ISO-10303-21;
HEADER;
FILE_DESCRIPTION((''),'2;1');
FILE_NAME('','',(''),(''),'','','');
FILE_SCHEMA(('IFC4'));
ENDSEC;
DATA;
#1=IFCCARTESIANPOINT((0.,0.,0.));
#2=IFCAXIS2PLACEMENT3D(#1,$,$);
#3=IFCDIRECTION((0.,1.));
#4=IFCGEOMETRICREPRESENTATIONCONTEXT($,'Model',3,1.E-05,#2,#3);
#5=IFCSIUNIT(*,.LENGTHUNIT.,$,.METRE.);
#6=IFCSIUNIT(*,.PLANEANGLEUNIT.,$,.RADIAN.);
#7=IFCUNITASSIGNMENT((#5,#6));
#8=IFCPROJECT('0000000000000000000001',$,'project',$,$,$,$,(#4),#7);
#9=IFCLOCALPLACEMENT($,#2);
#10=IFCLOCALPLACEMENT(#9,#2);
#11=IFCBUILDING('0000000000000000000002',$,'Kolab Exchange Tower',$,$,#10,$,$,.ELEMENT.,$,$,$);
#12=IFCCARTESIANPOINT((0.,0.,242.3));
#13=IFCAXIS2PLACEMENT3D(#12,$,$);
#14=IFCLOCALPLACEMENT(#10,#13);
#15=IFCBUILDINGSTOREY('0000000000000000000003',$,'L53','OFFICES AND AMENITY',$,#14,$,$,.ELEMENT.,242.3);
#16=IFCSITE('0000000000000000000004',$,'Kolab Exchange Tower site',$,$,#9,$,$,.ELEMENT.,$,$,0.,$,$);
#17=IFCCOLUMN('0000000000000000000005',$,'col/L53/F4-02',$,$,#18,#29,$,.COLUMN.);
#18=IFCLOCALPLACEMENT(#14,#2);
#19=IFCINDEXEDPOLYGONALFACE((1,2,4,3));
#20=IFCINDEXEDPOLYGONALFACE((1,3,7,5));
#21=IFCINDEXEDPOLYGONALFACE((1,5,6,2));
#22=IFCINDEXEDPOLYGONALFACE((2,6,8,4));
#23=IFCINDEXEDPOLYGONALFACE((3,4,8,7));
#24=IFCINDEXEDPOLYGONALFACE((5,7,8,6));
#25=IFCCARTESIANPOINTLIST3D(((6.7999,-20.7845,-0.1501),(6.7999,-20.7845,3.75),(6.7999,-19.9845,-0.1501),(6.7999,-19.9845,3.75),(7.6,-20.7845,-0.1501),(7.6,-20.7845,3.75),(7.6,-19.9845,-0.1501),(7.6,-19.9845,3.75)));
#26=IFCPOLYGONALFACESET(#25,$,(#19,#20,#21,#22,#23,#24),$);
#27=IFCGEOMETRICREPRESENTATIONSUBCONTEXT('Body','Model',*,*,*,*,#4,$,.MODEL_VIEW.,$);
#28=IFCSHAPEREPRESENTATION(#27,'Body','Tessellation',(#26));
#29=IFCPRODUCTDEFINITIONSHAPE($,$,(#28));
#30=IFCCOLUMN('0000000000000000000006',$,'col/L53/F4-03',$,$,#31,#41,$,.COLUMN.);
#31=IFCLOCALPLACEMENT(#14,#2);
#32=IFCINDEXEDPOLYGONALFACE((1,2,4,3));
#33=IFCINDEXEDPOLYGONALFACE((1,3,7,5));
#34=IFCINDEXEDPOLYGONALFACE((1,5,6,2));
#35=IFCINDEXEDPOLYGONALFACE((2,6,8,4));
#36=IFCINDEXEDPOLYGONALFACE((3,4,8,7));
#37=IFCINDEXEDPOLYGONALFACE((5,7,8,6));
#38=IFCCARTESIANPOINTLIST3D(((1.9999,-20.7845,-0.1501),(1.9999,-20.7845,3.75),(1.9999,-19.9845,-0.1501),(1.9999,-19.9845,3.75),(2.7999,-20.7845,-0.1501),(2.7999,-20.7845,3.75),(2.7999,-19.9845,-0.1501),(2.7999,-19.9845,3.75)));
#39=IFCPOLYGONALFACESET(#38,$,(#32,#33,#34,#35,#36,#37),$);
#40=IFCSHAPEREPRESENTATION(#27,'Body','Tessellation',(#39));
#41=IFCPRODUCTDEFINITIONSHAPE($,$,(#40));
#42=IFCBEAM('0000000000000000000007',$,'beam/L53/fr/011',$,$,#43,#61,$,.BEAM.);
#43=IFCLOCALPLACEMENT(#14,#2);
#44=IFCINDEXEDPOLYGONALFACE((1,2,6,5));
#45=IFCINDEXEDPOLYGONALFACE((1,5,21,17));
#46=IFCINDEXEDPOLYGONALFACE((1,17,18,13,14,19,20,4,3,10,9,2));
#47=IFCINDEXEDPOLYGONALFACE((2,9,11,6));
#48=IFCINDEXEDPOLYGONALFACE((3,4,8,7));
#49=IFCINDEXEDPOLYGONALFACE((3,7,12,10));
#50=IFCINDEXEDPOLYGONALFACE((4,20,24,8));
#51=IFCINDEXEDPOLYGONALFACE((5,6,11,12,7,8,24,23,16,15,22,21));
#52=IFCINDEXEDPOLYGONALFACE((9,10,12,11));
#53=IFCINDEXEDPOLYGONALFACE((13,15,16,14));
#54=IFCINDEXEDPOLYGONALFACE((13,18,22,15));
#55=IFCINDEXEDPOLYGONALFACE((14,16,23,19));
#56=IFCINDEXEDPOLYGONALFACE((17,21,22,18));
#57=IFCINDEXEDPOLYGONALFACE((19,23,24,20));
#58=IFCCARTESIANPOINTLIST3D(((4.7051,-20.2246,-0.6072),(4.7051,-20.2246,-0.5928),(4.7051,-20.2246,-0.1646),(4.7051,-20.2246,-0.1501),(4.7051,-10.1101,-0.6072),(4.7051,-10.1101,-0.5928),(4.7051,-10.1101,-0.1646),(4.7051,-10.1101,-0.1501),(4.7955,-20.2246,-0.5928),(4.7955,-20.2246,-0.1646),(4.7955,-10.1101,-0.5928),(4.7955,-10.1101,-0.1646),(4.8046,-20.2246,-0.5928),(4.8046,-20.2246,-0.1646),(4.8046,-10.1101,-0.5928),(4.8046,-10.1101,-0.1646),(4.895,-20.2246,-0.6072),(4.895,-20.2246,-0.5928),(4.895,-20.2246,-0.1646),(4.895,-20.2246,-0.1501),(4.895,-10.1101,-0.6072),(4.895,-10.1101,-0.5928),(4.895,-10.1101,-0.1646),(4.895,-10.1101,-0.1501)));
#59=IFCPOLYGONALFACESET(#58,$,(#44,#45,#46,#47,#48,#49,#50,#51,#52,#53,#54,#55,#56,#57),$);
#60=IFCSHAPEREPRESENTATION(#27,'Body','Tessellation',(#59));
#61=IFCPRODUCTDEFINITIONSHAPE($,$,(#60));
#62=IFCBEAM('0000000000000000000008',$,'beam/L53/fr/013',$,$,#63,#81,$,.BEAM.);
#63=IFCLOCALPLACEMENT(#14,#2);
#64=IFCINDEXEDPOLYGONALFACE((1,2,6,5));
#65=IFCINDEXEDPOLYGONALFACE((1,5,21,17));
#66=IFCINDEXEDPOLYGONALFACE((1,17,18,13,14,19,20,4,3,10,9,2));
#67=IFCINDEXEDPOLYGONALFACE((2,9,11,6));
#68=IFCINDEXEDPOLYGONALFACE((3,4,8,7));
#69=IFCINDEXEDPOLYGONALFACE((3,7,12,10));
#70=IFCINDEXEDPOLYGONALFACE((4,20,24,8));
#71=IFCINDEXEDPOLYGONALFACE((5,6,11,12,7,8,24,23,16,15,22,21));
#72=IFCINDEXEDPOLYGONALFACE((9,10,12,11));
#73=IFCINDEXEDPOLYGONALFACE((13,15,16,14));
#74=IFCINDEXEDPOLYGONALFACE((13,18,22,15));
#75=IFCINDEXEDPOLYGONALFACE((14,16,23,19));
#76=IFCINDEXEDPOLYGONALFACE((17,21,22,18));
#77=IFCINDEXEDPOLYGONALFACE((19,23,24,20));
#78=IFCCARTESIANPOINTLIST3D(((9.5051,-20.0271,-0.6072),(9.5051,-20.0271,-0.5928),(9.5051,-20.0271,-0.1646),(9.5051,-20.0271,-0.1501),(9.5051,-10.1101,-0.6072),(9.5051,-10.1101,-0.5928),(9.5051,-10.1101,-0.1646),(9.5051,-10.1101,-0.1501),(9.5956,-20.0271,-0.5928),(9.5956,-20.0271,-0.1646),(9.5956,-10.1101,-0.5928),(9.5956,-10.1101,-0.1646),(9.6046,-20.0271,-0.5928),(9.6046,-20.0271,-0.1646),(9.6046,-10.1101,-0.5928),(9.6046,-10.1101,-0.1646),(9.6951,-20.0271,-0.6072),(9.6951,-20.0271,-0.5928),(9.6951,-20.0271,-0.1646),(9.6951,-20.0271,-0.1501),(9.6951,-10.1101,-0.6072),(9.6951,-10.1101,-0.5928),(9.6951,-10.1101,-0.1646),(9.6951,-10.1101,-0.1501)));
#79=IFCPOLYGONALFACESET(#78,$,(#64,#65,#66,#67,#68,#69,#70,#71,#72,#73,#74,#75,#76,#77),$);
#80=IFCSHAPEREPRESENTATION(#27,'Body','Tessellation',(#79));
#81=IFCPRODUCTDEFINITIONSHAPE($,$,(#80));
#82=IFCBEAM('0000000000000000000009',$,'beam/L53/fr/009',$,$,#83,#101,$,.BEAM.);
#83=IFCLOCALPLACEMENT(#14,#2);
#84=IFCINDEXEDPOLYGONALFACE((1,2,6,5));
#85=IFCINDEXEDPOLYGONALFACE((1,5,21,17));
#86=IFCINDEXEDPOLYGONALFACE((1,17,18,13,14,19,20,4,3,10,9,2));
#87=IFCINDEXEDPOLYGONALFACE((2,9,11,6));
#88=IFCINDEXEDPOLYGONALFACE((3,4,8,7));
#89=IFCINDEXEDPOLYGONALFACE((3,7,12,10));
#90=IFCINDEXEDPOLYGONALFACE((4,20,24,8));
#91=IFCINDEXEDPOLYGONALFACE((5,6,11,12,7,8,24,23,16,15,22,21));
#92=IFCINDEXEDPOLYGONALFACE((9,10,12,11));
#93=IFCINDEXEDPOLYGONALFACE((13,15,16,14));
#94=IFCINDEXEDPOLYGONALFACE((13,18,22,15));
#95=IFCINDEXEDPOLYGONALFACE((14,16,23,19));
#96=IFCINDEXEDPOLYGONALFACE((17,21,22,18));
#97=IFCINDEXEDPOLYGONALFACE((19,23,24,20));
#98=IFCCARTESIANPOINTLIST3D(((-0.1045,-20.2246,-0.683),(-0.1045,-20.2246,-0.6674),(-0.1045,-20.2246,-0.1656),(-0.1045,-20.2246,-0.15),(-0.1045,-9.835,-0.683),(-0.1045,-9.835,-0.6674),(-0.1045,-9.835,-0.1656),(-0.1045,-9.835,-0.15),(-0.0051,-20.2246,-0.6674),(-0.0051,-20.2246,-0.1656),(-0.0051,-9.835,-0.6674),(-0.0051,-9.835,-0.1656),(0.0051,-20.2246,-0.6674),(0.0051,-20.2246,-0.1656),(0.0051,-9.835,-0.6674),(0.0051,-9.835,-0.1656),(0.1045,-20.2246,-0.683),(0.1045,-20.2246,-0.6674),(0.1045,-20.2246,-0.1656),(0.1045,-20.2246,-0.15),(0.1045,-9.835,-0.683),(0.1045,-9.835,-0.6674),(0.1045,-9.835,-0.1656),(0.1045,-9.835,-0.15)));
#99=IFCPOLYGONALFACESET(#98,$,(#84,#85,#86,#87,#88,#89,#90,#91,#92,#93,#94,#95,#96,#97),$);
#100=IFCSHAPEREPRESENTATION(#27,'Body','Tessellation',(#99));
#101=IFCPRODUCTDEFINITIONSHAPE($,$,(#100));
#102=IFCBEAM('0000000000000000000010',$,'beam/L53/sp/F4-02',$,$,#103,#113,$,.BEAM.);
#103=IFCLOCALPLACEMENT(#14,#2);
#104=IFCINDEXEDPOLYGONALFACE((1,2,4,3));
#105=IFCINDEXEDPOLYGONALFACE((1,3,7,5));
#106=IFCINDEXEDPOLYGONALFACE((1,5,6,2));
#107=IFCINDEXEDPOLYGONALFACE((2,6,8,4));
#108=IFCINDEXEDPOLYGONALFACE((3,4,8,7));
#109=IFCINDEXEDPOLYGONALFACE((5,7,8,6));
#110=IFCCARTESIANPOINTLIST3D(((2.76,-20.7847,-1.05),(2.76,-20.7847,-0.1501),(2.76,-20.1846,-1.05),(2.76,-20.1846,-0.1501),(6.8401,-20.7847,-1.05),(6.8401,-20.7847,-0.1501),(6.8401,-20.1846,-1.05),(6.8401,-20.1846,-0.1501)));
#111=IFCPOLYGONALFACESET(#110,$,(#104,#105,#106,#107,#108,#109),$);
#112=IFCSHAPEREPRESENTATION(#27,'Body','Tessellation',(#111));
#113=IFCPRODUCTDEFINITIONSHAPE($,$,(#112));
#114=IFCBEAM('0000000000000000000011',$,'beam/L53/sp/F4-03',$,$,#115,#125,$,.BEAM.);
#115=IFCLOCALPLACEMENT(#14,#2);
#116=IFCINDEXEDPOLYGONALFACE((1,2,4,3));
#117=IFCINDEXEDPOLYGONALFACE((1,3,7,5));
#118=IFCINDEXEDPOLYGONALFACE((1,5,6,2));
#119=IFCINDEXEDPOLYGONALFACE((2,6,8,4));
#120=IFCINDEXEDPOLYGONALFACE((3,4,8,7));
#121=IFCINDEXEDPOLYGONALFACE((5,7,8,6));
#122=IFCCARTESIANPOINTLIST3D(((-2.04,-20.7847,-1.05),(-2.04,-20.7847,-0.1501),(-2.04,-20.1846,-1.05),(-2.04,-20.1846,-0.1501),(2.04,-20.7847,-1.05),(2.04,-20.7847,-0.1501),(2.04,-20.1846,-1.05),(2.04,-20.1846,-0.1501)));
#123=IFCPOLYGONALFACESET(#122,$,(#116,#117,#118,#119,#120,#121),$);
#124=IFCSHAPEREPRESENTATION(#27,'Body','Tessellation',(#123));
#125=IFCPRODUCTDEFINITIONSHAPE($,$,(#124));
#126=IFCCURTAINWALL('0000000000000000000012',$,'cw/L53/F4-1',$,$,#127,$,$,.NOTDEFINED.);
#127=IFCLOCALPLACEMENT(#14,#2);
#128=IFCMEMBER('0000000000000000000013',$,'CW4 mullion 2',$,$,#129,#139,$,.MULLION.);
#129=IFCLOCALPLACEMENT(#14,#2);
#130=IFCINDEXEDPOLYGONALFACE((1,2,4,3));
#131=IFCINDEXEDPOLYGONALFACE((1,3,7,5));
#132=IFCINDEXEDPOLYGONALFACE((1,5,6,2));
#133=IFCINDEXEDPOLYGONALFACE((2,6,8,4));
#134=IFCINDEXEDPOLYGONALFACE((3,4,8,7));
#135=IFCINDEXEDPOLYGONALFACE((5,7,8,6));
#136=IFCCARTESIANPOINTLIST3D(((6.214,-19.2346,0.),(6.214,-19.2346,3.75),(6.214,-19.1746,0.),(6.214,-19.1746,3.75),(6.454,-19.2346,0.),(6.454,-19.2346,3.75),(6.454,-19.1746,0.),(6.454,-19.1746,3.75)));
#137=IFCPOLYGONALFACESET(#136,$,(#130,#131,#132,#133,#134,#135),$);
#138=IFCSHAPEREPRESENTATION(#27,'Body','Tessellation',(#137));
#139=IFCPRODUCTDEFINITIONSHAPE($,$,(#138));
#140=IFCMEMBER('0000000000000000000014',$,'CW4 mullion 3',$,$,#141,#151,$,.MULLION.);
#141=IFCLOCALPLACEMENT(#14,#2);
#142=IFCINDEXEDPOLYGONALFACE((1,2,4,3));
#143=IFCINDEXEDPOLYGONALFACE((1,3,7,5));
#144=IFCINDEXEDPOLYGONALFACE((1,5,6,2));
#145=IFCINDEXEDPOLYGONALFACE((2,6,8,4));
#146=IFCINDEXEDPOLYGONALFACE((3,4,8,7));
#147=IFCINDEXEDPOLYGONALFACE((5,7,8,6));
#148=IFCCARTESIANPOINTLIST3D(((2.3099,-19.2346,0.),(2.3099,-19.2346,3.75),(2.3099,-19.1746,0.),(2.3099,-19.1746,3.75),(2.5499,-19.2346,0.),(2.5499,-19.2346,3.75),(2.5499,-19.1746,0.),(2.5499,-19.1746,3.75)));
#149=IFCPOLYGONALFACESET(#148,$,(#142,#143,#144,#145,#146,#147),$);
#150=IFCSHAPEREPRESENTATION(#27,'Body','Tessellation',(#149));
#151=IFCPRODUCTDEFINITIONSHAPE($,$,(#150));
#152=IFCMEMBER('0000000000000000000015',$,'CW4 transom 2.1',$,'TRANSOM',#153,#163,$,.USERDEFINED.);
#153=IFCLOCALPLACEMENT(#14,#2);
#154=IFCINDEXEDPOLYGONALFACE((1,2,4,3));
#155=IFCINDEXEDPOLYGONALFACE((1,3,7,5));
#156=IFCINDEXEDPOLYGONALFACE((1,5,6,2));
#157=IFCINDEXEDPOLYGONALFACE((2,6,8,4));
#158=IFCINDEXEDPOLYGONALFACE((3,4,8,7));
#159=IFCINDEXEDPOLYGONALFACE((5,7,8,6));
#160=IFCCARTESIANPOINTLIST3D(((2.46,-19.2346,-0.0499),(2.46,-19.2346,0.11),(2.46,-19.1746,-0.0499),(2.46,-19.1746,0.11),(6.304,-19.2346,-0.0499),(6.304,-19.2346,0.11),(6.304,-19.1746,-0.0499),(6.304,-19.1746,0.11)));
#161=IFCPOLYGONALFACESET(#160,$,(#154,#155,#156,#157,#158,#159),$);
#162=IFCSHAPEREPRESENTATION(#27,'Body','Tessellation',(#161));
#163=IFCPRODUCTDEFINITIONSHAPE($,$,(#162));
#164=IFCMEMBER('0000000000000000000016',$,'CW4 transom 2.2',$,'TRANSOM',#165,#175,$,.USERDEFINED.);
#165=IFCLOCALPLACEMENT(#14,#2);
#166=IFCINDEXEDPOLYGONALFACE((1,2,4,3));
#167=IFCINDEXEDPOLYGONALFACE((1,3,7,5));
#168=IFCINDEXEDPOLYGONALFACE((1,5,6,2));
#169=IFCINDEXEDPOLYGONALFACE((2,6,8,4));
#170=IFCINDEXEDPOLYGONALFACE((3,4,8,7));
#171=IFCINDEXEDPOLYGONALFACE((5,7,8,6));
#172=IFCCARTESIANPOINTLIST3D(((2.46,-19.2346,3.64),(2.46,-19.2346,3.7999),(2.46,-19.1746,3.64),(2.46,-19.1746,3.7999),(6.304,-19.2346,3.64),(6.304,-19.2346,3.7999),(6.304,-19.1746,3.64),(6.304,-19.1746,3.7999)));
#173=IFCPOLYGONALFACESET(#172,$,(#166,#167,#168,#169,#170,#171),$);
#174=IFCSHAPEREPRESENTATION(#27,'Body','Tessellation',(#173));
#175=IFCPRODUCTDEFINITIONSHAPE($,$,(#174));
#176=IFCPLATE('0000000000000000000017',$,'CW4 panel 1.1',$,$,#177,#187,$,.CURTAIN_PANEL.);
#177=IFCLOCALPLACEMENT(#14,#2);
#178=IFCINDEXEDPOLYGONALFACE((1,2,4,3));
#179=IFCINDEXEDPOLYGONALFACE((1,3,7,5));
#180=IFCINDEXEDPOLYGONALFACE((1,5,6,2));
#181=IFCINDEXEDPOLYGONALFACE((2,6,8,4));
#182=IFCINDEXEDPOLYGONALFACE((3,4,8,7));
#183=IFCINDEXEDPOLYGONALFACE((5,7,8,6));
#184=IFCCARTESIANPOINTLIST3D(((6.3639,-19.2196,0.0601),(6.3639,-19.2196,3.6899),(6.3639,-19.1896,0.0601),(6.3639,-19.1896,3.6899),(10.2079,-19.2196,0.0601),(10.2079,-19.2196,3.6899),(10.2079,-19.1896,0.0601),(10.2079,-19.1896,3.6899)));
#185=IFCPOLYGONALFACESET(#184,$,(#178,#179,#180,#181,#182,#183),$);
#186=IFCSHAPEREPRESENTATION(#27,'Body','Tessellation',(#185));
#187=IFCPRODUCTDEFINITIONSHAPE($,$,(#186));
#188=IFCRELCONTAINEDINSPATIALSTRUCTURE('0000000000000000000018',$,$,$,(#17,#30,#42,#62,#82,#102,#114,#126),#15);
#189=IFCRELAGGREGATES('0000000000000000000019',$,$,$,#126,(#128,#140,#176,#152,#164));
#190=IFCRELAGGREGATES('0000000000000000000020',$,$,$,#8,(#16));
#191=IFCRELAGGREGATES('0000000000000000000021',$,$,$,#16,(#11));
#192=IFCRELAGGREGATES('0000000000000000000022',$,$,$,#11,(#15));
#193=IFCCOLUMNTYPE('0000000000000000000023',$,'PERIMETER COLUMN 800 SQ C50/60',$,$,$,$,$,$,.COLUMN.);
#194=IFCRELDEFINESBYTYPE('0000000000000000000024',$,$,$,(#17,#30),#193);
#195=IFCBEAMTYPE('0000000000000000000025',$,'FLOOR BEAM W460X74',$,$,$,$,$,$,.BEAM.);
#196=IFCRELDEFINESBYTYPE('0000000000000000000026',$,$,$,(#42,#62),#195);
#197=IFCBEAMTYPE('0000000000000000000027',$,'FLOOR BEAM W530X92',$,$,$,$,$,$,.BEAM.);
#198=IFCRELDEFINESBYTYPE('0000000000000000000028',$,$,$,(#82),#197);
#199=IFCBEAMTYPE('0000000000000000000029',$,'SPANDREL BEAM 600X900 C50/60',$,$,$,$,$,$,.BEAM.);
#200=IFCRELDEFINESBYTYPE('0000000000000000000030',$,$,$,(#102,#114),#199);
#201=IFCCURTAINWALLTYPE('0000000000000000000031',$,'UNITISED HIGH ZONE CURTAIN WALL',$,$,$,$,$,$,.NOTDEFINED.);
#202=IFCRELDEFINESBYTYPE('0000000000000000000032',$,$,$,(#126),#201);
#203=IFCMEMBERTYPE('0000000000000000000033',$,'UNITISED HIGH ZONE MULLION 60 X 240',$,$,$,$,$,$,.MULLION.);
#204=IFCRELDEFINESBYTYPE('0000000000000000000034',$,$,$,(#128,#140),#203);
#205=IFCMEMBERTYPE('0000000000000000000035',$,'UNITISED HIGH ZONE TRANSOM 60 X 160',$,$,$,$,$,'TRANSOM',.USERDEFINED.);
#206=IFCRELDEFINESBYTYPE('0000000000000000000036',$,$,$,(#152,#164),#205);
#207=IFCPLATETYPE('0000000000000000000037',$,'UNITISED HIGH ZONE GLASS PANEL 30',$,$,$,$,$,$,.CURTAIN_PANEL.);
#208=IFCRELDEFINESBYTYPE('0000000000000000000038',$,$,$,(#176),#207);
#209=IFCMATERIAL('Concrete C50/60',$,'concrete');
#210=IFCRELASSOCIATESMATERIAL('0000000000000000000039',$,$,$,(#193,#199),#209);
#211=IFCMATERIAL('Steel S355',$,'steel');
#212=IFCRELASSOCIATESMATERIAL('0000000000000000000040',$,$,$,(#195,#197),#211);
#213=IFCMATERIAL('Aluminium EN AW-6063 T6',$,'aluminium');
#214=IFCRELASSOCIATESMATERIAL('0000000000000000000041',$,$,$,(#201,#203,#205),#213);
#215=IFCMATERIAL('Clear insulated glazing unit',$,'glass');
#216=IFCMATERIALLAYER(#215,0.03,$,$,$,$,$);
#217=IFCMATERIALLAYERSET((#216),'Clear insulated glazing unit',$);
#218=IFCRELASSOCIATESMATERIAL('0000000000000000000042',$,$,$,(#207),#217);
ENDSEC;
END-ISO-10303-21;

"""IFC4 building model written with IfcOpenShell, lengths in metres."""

from ifc_helpers import new_model, si_unit, direction, frame, origin, origin_2d, place, context, subcontext, project, spatial, rectangle, i_section, extrude, material, layer, layer_set, material_profile, profile_set, type_object, element, aggregate, save


model = new_model("IFC4")

# Units and contexts
model_context = context("Model", 3, precision=1e-05, world=origin(), true_north=direction((0.0, 1.0)))
body_context = subcontext(model_context, "Body", "Model", "MODEL_VIEW")
ifc_project = project(units=[si_unit("LENGTHUNIT", "METRE"), si_unit("PLANEANGLEUNIT", "RADIAN")], contexts=[model_context])

# Site, building, storey
site_placement = place(None, origin())
site = spatial("IfcSite", under=ifc_project, at=site_placement, Name="Kolab Exchange Tower site", CompositionType="ELEMENT", RefElevation=0.0)
building_placement = place(site_placement, origin())
building = spatial("IfcBuilding", under=site, at=building_placement, Name="Kolab Exchange Tower", CompositionType="ELEMENT")
storey_placement = place(building_placement, frame((0.0, 0.0, 242.3)))
storey = spatial("IfcBuildingStorey", under=building, at=storey_placement, Name="L53", Description="OFFICES AND AMENITY", CompositionType="ELEMENT", Elevation=242.3)

# Columns
ifc_material_1 = material(Name="Concrete C50/60", Category="concrete")
ifc_material_profile_1 = material_profile(ifc_material_1, rectangle(XDim=0.8, YDim=0.8, at=origin_2d()), Name="RC800")
ifc_profile_set_1 = profile_set([ifc_material_profile_1], Name="Concrete C50/60")
column_type = type_object("IfcColumnType", Name="PERIMETER COLUMN 800 SQ C50/60", PredefinedType="COLUMN", material=ifc_profile_set_1)
for number, where, z_axis, x_axis, name in (
    (1, (7.2, -20.3845, -0.1501), (0.0, 0.0, 1.0), (1.0, 0.0, 0.0), "col/L53/F4-02"),
    (2, (2.3999, -20.3845, -0.1501), (0.0, 0.0, 1.0), (1.0, 0.0, 0.0), "col/L53/F4-03"),
):
    element("IfcColumn", number, at=place(storey_placement, frame(where, z_axis=z_axis, x_axis=x_axis)), inside=storey, type_object=column_type, Name=name, PredefinedType="COLUMN", context=body_context, shape_type="SweptSolid", body=[
        extrude(rectangle(XDim=0.8, YDim=0.8, at=origin_2d()), origin(), (0.0, 0.0, 1.0), 3.9001),
    ])

# Beams
ifc_material_2 = material(Name="Steel S355", Category="steel")
ifc_material_profile_2 = material_profile(ifc_material_2, i_section(OverallWidth=0.1899, OverallDepth=0.457, WebThickness=0.009, FlangeThickness=0.0144, at=origin_2d()), Name="W460X74")
ifc_profile_set_2 = profile_set([ifc_material_profile_2], Name="Steel S355")
beam_type_1 = type_object("IfcBeamType", Name="FLOOR BEAM W460X74", PredefinedType="BEAM", material=ifc_profile_set_2)
beam_1_placement = place(storey_placement, frame((4.8, -20.2246, -0.3787), z_axis=(0.0, 1.0, 0.0), x_axis=(-1.0, 0.0, 0.0)))
element("IfcBeam", 3, at=beam_1_placement, inside=storey, type_object=beam_type_1, Name="beam/L53/fr/011", PredefinedType="BEAM", context=body_context, shape_type="SweptSolid", body=[
    extrude(i_section(OverallWidth=0.1899, OverallDepth=0.457, WebThickness=0.009, FlangeThickness=0.0144, at=origin_2d()), origin(), (0.0, 0.0, 1.0), 10.1145),
])
beam_2_placement = place(storey_placement, frame((9.6001, -20.0271, -0.3787), z_axis=(0.0, 1.0, 0.0), x_axis=(-1.0, 0.0, 0.0)))
element("IfcBeam", 4, at=beam_2_placement, inside=storey, type_object=beam_type_1, Name="beam/L53/fr/013", PredefinedType="BEAM", context=body_context, shape_type="SweptSolid", body=[
    extrude(i_section(OverallWidth=0.1899, OverallDepth=0.457, WebThickness=0.009, FlangeThickness=0.0144, at=origin_2d()), origin(), (0.0, 0.0, 1.0), 9.917),
])
ifc_material_profile_3 = material_profile(ifc_material_2, i_section(OverallWidth=0.209, OverallDepth=0.533, WebThickness=0.0103, FlangeThickness=0.0156, at=origin_2d()), Name="W530X92")
ifc_profile_set_3 = profile_set([ifc_material_profile_3], Name="Steel S355")
beam_type_2 = type_object("IfcBeamType", Name="FLOOR BEAM W530X92", PredefinedType="BEAM", material=ifc_profile_set_3)
beam_3_placement = place(storey_placement, frame((0.0, -20.2246, -0.4165), z_axis=(0.0, 1.0, 0.0), x_axis=(-1.0, 0.0, 0.0)))
element("IfcBeam", 5, at=beam_3_placement, inside=storey, type_object=beam_type_2, Name="beam/L53/fr/009", PredefinedType="BEAM", context=body_context, shape_type="SweptSolid", body=[
    extrude(i_section(OverallWidth=0.209, OverallDepth=0.533, WebThickness=0.0103, FlangeThickness=0.0156, at=origin_2d()), origin(), (0.0, 0.0, 1.0), 10.3896),
])
ifc_material_profile_4 = material_profile(ifc_material_1, rectangle(XDim=0.6001, YDim=0.8999, at=origin_2d()), Name="RC600X900")
ifc_profile_set_4 = profile_set([ifc_material_profile_4], Name="Concrete C50/60")
beam_type_3 = type_object("IfcBeamType", Name="SPANDREL BEAM 600X900 C50/60", PredefinedType="BEAM", material=ifc_profile_set_4)
for number, where, z_axis, x_axis, name in (
    (6, (6.8401, -20.4846, -0.6001), (-1.0, 0.0, 0.0), (0.0, -1.0, 0.0), "beam/L53/sp/F4-02"),
    (7, (2.04, -20.4846, -0.6001), (-1.0, 0.0, 0.0), (0.0, -1.0, 0.0), "beam/L53/sp/F4-03"),
):
    element("IfcBeam", number, at=place(storey_placement, frame(where, z_axis=z_axis, x_axis=x_axis)), inside=storey, type_object=beam_type_3, Name=name, PredefinedType="BEAM", context=body_context, shape_type="SweptSolid", body=[
        extrude(rectangle(XDim=0.6001, YDim=0.8999, at=origin_2d()), origin(), (0.0, 0.0, 1.0), 4.0801),
    ])

# Curtain wall, members, plate
ifc_material_3 = material(Name="Aluminium EN AW-6063 T6", Category="aluminium")
curtain_wall_type = type_object("IfcCurtainWallType", Name="UNITISED HIGH ZONE CURTAIN WALL", PredefinedType="NOTDEFINED", material=ifc_material_3)
curtain_wall_placement = place(storey_placement, origin())
curtain_wall = element("IfcCurtainWall", 8, at=curtain_wall_placement, inside=storey, type_object=curtain_wall_type, Name="cw/L53/F4-1", PredefinedType="NOTDEFINED")
ifc_material_profile_5 = material_profile(ifc_material_3, rectangle(XDim=0.0601, YDim=0.24, at=origin_2d()), Name="RECT 60X240")
ifc_profile_set_5 = profile_set([ifc_material_profile_5], Name="Aluminium EN AW-6063 T6")
member_type_1 = type_object("IfcMemberType", Name="UNITISED HIGH ZONE MULLION 60 X 240", PredefinedType="MULLION", material=ifc_profile_set_5)
member_1_placement = place(storey_placement, frame((6.334, -19.2046, 0.0), z_axis=(0.0, 0.0, 1.0), x_axis=(0.0, -1.0, 0.0)))
member_1 = element("IfcMember", 9, at=member_1_placement, type_object=member_type_1, Name="CW4 mullion 2", PredefinedType="MULLION", context=body_context, shape_type="SweptSolid", body=[
    extrude(rectangle(XDim=0.0601, YDim=0.24, at=origin_2d()), origin(), (0.0, 0.0, 1.0), 3.75),
])
member_2_placement = place(storey_placement, frame((2.4299, -19.2046, 0.0), z_axis=(0.0, 0.0, 1.0), x_axis=(0.0, -1.0, 0.0)))
member_2 = element("IfcMember", 10, at=member_2_placement, type_object=member_type_1, Name="CW4 mullion 3", PredefinedType="MULLION", context=body_context, shape_type="SweptSolid", body=[
    extrude(rectangle(XDim=0.0601, YDim=0.24, at=origin_2d()), origin(), (0.0, 0.0, 1.0), 3.75),
])
ifc_material_profile_6 = material_profile(ifc_material_3, rectangle(XDim=0.0601, YDim=0.1599, at=origin_2d()), Name="RECT 60X160")
ifc_profile_set_6 = profile_set([ifc_material_profile_6], Name="Aluminium EN AW-6063 T6")
member_type_2 = type_object("IfcMemberType", Name="UNITISED HIGH ZONE TRANSOM 60 X 160", ElementType="TRANSOM", PredefinedType="USERDEFINED", material=ifc_profile_set_6)
member_3_placement = place(storey_placement, frame((6.304, -19.2046, 0.03), z_axis=(-1.0, 0.0, 0.0), x_axis=(0.0, -1.0, 0.0)))
member_3 = element("IfcMember", 11, at=member_3_placement, type_object=member_type_2, Name="CW4 transom 2.1", ObjectType="TRANSOM", PredefinedType="USERDEFINED", context=body_context, shape_type="SweptSolid", body=[
    extrude(rectangle(XDim=0.0601, YDim=0.1599, at=origin_2d()), origin(), (0.0, 0.0, 1.0), 3.844),
])
member_4_placement = place(storey_placement, frame((6.304, -19.2046, 3.72), z_axis=(-1.0, 0.0, 0.0), x_axis=(0.0, -1.0, 0.0)))
member_4 = element("IfcMember", 12, at=member_4_placement, type_object=member_type_2, Name="CW4 transom 2.2", ObjectType="TRANSOM", PredefinedType="USERDEFINED", context=body_context, shape_type="SweptSolid", body=[
    extrude(rectangle(XDim=0.0601, YDim=0.1599, at=origin_2d()), origin(), (0.0, 0.0, 1.0), 3.844),
])
ifc_material_4 = material(Name="Clear insulated glazing unit", Category="glass")
ifc_layer_1 = layer(ifc_material_4, 0.03)
ifc_layer_set_1 = layer_set([ifc_layer_1], Name="Clear insulated glazing unit")
plate_type = type_object("IfcPlateType", Name="UNITISED HIGH ZONE GLASS PANEL 30", PredefinedType="CURTAIN_PANEL", material=ifc_layer_set_1)
plate_1_placement = place(storey_placement, frame((8.2859, -19.2046, 0.0601), z_axis=(0.0, 0.0, 1.0), x_axis=(-1.0, 0.0, 0.0)))
plate_1 = element("IfcPlate", 13, at=plate_1_placement, type_object=plate_type, Name="CW4 panel 1.1", PredefinedType="CURTAIN_PANEL", context=body_context, shape_type="SweptSolid", body=[
    extrude(rectangle(XDim=3.844, YDim=0.03, at=origin_2d()), origin(), (0.0, 0.0, 1.0), 3.6299),
])
aggregate(curtain_wall, [member_1, member_2, plate_1, member_3, member_4])

save(model, "model.ifc")
